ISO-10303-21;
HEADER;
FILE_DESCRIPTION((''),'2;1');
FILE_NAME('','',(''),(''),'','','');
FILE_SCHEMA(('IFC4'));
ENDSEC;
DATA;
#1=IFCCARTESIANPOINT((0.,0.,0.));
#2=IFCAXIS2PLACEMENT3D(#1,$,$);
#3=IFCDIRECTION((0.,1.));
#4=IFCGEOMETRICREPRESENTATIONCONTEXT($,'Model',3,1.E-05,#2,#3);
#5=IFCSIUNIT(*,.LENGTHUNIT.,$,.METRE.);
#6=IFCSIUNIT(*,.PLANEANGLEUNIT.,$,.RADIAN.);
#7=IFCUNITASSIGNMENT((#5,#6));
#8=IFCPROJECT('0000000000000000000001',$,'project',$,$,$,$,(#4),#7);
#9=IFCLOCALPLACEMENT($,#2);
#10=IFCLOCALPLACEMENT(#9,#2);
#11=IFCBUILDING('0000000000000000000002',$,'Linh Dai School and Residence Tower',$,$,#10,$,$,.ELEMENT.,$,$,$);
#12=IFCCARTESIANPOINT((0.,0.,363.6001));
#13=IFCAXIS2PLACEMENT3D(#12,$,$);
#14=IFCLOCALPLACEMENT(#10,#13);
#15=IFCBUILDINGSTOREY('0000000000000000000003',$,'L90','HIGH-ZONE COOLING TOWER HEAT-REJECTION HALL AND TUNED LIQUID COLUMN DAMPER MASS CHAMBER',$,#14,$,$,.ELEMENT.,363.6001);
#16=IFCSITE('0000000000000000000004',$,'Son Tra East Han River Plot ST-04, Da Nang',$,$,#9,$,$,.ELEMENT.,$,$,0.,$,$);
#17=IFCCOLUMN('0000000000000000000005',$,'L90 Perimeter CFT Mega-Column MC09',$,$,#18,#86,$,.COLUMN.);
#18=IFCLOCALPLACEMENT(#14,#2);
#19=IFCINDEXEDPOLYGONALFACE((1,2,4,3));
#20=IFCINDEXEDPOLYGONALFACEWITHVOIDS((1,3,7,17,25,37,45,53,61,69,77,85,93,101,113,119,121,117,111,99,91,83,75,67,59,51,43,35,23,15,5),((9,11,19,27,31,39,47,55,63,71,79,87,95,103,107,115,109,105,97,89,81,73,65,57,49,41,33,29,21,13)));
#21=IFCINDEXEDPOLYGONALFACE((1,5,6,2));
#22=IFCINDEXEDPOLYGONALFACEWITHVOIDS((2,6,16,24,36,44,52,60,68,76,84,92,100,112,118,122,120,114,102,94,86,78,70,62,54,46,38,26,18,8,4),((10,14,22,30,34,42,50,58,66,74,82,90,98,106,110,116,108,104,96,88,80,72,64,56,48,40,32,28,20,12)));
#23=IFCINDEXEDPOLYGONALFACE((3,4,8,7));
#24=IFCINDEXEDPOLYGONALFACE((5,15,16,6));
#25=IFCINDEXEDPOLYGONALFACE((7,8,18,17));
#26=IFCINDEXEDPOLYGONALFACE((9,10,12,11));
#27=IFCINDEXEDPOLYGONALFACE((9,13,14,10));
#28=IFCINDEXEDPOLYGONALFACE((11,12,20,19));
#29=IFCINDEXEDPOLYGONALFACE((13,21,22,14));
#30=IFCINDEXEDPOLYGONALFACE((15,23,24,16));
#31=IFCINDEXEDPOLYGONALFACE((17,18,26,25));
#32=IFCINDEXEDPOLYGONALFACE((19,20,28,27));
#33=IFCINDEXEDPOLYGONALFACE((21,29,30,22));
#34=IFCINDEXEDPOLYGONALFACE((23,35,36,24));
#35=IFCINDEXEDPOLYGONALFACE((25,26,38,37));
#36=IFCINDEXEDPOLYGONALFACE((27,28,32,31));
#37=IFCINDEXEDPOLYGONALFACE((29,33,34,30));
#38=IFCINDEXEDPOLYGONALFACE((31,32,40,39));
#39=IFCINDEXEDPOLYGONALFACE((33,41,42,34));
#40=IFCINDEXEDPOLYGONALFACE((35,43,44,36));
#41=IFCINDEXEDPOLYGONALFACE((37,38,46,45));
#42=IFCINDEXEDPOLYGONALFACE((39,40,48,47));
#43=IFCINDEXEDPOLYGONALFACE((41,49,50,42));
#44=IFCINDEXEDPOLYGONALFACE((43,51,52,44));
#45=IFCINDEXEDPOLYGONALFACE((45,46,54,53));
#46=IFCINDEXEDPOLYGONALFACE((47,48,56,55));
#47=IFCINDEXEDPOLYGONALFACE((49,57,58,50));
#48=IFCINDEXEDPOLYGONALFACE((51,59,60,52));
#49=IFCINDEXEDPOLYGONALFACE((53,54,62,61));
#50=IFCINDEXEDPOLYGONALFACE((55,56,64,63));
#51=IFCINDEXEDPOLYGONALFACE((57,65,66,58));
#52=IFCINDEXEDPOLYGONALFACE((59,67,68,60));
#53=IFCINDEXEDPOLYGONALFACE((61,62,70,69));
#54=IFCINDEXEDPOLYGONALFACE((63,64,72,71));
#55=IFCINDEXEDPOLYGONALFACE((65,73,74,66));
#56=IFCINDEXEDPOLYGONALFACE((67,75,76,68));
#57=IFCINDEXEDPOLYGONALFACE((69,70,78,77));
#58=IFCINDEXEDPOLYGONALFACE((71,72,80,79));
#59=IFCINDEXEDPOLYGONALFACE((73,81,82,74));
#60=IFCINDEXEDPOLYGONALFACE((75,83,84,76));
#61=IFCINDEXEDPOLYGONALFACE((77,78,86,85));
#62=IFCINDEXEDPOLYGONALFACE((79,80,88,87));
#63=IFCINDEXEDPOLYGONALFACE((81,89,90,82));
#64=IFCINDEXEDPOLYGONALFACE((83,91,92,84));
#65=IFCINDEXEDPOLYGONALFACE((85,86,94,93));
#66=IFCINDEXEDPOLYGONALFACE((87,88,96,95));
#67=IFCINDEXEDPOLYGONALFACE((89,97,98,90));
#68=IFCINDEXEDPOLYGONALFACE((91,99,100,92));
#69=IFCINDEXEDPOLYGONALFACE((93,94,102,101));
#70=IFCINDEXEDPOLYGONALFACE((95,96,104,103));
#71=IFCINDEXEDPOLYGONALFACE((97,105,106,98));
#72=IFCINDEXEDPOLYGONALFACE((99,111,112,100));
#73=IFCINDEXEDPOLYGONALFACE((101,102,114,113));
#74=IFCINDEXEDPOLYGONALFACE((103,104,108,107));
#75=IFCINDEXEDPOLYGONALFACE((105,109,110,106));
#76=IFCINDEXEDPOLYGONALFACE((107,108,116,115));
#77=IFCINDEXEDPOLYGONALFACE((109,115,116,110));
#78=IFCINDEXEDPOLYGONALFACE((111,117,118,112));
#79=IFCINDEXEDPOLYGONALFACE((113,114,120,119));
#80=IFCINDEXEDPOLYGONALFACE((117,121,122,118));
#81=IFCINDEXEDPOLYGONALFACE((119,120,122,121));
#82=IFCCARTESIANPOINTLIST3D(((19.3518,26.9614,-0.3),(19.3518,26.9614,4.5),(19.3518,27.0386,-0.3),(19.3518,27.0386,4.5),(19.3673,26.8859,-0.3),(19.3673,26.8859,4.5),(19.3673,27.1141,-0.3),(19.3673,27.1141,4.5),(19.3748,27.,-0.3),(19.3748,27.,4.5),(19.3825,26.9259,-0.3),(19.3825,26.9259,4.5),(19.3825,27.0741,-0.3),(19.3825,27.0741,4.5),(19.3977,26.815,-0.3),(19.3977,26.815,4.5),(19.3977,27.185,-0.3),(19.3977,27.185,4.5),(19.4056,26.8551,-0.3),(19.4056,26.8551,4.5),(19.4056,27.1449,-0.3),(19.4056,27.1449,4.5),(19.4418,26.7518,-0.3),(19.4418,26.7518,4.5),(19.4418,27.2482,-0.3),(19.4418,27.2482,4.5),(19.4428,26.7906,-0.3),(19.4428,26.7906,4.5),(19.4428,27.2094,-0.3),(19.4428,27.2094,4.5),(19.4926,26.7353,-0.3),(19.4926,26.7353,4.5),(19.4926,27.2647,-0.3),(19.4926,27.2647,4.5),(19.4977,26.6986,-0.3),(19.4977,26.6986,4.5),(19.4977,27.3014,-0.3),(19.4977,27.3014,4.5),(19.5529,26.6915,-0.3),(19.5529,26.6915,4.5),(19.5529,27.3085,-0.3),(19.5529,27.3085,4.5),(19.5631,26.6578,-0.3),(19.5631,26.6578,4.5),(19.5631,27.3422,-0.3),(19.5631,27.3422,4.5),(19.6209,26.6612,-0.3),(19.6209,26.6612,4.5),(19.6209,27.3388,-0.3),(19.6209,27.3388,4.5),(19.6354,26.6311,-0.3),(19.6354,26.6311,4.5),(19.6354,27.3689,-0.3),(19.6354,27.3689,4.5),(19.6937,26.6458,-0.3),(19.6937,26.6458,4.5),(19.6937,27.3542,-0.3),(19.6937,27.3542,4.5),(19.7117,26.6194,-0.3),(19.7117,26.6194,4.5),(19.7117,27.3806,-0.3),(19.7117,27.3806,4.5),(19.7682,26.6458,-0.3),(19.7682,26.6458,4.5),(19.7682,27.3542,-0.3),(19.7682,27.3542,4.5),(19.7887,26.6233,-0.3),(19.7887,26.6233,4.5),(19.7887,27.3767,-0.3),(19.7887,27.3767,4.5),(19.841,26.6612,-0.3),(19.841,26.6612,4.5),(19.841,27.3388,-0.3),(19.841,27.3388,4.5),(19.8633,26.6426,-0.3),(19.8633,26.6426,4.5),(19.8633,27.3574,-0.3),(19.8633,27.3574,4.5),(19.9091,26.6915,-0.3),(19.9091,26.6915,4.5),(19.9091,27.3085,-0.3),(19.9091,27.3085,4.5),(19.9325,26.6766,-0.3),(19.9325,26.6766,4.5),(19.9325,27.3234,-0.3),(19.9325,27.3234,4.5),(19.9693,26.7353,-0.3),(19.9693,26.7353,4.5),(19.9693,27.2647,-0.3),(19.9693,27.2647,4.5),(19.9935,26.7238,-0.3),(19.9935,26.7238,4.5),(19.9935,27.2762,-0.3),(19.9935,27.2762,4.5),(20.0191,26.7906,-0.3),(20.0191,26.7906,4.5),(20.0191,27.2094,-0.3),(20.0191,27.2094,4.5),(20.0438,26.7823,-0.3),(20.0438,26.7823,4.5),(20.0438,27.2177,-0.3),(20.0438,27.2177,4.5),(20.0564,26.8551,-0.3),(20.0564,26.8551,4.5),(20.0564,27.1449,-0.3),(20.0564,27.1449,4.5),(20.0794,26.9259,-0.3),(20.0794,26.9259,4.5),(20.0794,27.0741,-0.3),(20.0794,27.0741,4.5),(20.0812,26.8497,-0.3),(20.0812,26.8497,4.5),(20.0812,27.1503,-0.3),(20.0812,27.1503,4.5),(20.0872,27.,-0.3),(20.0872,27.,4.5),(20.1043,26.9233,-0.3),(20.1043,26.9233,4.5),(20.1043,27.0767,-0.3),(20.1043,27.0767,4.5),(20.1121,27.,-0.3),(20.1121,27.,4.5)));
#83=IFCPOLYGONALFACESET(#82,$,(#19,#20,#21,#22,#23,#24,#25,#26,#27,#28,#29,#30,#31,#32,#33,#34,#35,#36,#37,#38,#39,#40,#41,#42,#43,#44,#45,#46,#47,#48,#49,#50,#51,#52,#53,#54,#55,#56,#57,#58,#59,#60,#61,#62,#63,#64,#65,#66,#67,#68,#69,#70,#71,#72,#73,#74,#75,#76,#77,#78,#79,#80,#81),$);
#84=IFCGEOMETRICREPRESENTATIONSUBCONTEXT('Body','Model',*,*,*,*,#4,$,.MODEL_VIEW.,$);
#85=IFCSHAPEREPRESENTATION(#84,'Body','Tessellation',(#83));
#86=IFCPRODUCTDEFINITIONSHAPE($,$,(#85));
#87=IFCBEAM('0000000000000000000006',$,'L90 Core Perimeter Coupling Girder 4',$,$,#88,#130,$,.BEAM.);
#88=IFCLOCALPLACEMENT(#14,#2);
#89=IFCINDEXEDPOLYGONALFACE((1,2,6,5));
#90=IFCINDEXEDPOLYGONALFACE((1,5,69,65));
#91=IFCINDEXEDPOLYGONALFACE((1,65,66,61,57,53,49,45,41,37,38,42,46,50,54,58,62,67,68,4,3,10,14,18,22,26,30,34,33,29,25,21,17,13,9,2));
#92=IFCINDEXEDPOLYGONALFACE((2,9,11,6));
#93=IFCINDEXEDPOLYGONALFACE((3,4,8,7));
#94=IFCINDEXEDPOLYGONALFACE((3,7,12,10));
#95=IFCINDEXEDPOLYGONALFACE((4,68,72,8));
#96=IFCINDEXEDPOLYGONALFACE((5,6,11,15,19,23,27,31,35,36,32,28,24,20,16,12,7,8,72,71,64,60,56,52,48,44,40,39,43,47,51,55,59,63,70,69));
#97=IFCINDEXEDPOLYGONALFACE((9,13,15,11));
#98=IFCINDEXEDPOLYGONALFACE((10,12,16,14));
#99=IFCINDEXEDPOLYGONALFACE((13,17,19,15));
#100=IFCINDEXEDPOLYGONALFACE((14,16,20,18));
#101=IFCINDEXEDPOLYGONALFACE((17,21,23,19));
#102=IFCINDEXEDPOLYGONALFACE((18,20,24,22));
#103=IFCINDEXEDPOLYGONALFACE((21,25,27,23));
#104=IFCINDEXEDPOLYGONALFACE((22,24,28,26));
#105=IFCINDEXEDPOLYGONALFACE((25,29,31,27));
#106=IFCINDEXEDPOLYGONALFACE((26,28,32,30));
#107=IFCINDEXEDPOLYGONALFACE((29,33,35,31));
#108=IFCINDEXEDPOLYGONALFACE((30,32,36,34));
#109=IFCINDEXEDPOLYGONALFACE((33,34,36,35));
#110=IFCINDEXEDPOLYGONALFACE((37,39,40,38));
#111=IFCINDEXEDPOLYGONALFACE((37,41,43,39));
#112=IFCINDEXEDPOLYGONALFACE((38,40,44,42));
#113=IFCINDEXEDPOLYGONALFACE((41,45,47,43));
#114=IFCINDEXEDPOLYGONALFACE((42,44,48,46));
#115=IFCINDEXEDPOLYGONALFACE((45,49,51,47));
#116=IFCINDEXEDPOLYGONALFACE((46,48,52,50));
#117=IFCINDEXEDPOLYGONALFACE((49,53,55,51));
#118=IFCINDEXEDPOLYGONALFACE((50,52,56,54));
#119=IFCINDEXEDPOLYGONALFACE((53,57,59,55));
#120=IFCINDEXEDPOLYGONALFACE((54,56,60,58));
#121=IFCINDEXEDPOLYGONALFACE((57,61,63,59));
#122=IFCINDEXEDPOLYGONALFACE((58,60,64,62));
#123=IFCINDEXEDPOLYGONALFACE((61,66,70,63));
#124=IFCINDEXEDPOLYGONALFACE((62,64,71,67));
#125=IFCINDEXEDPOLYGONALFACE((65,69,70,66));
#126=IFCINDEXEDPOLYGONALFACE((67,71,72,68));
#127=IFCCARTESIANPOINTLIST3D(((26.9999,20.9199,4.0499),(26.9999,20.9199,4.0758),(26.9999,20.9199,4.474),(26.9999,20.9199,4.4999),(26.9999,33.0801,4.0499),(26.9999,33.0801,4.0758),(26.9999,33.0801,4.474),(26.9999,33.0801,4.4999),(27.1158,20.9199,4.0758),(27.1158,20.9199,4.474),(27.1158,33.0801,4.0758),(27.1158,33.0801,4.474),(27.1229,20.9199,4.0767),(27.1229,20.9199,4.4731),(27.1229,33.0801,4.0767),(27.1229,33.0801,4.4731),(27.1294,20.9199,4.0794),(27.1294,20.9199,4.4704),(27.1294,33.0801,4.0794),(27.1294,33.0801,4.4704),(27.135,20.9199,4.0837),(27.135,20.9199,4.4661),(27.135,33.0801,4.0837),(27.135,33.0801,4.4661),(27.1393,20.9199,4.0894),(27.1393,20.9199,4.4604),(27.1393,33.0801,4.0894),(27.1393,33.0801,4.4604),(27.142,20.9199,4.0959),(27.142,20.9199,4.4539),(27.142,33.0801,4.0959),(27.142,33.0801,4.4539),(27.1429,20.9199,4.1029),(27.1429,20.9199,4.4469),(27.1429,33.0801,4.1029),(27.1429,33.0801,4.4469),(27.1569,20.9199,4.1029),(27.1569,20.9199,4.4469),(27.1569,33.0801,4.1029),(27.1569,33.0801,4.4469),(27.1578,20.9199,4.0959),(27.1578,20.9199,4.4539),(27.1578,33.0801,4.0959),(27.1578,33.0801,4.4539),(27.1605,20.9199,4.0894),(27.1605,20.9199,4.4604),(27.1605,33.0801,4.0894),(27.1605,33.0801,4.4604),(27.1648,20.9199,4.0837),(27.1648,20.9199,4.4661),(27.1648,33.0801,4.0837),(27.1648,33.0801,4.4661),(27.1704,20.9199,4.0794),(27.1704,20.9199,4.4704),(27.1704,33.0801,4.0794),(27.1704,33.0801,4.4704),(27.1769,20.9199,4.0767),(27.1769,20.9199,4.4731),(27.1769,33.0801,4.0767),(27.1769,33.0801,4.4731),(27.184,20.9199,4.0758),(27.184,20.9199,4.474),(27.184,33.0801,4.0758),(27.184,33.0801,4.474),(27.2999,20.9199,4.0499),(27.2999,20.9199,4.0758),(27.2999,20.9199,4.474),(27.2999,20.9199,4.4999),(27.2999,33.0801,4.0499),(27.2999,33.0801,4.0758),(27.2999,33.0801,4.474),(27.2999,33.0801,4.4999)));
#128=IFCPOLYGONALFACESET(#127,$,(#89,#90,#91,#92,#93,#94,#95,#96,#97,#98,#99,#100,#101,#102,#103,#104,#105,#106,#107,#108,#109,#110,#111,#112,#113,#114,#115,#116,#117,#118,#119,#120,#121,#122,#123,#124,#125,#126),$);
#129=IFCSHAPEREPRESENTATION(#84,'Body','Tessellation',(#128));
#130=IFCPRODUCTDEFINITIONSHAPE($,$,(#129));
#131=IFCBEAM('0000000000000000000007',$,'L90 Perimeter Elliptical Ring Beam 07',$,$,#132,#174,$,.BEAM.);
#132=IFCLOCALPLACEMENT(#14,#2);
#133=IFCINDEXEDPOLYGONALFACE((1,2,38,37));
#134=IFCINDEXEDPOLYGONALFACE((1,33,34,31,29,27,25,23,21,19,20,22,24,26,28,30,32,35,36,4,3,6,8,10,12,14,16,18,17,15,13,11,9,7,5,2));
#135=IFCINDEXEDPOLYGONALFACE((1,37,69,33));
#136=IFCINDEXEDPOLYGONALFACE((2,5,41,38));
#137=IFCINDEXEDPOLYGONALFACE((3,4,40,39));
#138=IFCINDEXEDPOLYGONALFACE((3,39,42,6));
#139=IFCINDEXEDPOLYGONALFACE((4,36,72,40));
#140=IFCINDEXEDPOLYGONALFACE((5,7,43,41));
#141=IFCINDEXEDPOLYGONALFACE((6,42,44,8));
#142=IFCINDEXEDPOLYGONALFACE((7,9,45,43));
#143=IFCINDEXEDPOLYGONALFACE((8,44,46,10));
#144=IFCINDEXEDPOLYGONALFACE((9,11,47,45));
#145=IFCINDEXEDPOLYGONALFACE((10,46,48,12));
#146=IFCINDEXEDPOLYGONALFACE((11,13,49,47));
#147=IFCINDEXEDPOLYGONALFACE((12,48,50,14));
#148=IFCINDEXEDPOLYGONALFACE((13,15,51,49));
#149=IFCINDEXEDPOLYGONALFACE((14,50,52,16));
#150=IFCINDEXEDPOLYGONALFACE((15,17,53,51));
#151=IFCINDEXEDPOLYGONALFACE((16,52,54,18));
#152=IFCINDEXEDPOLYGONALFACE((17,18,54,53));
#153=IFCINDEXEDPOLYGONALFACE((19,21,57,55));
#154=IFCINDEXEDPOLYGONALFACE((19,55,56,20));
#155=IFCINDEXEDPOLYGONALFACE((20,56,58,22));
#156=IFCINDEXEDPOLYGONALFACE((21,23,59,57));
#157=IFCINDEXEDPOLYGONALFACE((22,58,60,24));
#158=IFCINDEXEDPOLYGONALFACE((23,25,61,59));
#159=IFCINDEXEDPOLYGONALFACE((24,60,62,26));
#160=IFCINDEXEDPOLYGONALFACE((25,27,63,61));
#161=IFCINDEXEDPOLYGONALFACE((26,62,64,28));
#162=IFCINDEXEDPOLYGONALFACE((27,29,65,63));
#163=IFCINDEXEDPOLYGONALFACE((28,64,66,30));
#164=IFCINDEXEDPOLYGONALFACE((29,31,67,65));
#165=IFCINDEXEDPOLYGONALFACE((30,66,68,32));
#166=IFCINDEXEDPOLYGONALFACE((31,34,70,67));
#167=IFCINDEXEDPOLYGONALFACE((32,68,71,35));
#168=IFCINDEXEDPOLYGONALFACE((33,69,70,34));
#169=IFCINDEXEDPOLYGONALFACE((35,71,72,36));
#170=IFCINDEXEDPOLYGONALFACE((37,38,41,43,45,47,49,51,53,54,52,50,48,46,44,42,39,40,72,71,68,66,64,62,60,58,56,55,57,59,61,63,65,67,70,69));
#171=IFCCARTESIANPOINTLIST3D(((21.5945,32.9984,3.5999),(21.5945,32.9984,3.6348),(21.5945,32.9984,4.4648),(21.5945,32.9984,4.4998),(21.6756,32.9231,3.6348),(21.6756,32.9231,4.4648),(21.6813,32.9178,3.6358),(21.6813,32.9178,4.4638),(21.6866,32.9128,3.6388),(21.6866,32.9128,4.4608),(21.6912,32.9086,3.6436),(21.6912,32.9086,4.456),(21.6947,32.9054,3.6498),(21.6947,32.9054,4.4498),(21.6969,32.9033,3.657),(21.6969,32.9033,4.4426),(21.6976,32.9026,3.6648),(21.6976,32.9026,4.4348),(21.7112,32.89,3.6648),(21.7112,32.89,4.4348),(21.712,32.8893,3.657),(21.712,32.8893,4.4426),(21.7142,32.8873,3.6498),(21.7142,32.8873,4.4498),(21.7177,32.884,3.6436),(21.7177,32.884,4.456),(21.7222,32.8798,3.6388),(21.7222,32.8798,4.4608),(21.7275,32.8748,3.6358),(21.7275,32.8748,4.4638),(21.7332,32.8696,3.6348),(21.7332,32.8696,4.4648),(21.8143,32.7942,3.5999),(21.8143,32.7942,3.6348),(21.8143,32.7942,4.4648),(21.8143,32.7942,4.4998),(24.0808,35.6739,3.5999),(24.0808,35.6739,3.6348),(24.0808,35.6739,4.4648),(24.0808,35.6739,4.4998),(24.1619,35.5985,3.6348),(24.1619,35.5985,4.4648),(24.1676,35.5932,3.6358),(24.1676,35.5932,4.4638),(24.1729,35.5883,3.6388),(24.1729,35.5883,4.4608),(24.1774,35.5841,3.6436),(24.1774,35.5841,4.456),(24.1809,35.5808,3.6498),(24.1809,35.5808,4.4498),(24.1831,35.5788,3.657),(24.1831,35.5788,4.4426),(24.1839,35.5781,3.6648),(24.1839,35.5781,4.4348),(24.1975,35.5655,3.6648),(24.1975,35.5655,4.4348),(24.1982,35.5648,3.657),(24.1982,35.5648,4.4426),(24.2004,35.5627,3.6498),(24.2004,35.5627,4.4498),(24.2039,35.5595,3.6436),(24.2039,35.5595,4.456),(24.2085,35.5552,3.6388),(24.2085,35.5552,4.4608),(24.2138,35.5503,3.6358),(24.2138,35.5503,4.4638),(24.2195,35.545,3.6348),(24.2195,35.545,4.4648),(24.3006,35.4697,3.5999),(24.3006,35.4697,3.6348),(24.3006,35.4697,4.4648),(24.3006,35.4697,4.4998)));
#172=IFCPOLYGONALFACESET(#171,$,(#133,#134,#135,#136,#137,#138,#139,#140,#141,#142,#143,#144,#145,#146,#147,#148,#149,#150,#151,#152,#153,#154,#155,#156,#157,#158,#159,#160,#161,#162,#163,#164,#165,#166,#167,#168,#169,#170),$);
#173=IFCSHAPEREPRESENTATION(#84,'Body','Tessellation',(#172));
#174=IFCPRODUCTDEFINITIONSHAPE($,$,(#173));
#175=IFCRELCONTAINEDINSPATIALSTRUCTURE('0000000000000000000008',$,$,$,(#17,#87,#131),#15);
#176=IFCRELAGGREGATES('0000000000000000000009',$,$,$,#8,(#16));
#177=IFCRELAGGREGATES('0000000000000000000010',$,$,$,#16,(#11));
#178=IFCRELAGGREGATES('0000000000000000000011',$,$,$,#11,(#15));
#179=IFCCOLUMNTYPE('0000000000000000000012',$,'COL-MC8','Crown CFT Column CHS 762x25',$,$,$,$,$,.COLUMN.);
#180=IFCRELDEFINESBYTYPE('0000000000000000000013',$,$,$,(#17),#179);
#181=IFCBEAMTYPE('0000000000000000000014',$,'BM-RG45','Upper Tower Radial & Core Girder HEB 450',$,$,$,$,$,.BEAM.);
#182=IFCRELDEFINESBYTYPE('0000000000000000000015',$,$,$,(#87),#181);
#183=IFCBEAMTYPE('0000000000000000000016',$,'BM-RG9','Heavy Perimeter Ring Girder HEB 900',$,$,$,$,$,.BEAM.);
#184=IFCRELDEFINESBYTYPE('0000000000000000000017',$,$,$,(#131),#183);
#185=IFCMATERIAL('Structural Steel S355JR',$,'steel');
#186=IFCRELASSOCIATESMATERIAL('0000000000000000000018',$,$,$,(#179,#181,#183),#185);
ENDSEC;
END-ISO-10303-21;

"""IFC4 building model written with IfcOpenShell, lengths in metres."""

from ifc_helpers import new_model, si_unit, direction, frame, origin, origin_2d, place, context, subcontext, project, spatial, hollow_circle, i_section, extrude, material, material_profile, profile_set, type_object, element, save


model = new_model("IFC4")

# Units and contexts
model_context = context("Model", 3, precision=1e-05, world=origin(), true_north=direction((0.0, 1.0)))
body_context = subcontext(model_context, "Body", "Model", "MODEL_VIEW")
ifc_project = project(units=[si_unit("LENGTHUNIT", "METRE"), si_unit("PLANEANGLEUNIT", "RADIAN")], contexts=[model_context])

# Site, building, storey
site_placement = place(None, origin())
site = spatial("IfcSite", under=ifc_project, at=site_placement, Name="Son Tra East Han River Plot ST-04, Da Nang", CompositionType="ELEMENT", RefElevation=0.0)
building_placement = place(site_placement, origin())
building = spatial("IfcBuilding", under=site, at=building_placement, Name="Linh Dai School and Residence Tower", CompositionType="ELEMENT")
storey_placement = place(building_placement, frame((0.0, 0.0, 363.6001)))
storey = spatial("IfcBuildingStorey", under=building, at=storey_placement, Name="L90", Description="HIGH-ZONE COOLING TOWER HEAT-REJECTION HALL AND TUNED LIQUID COLUMN DAMPER MASS CHAMBER", CompositionType="ELEMENT", Elevation=363.6001)

# Column
ifc_material_1 = material(Name="Structural Steel S355JR", Category="steel")
ifc_material_profile_1 = material_profile(ifc_material_1, hollow_circle(Radius=0.3811, WallThickness=0.0249, at=origin_2d()), Name="CHS 762x25")
ifc_profile_set_1 = profile_set([ifc_material_profile_1], Name="Structural Steel S355JR")
column_type_1 = type_object("IfcColumnType", Name="COL-MC8", Description="Crown CFT Column CHS 762x25", PredefinedType="COLUMN", material=ifc_profile_set_1)
for number, where, z_axis, x_axis, name in (
    (1, (19.731, 27.0, -0.3), (0.0, 0.0, 1.0), (1.0, 0.0, 0.0), "L90 Perimeter CFT Mega-Column MC09"),
):
    element("IfcColumn", number, at=place(storey_placement, frame(where, z_axis=z_axis, x_axis=x_axis)), inside=storey, type_object=column_type_1, Name=name, PredefinedType="COLUMN", context=body_context, shape_type="SweptSolid", body=[
        extrude(hollow_circle(Radius=0.3811, WallThickness=0.0249, at=origin_2d()), origin(), (0.0, 0.0, 1.0), 4.8),
    ])

# Beams
ifc_material_profile_2 = material_profile(ifc_material_1, i_section(OverallWidth=0.3, OverallDepth=0.45, WebThickness=0.0139, FlangeThickness=0.0259, FilletRadius=0.0271, at=origin_2d()), Name="HEB 450")
ifc_profile_set_2 = profile_set([ifc_material_profile_2], Name="Structural Steel S355JR")
beam_type_1 = type_object("IfcBeamType", Name="BM-RG45", Description="Upper Tower Radial & Core Girder HEB 450", PredefinedType="BEAM", material=ifc_profile_set_2)
beam_1_placement = place(storey_placement, frame((27.1499, 33.0801, 4.2749), z_axis=(0.0, -1.0, 0.0), x_axis=(1.0, 0.0, 0.0)))
element("IfcBeam", 2, at=beam_1_placement, inside=storey, type_object=beam_type_1, Name="L90 Core Perimeter Coupling Girder 4", PredefinedType="BEAM", context=body_context, shape_type="SweptSolid", body=[
    extrude(i_section(OverallWidth=0.3, OverallDepth=0.45, WebThickness=0.0139, FlangeThickness=0.0259, FilletRadius=0.0271, at=origin_2d()), origin(), (0.0, 0.0, 1.0), 12.1602),
])
ifc_material_profile_3 = material_profile(ifc_material_1, i_section(OverallWidth=0.3, OverallDepth=0.8999, WebThickness=0.0186, FlangeThickness=0.0349, FilletRadius=0.03, at=origin_2d()), Name="HEB 900")
ifc_profile_set_3 = profile_set([ifc_material_profile_3], Name="Structural Steel S355JR")
beam_type_2 = type_object("IfcBeamType", Name="BM-RG9", Description="Heavy Perimeter Ring Girder HEB 900", PredefinedType="BEAM", material=ifc_profile_set_3)
beam_2_placement = place(storey_placement, frame((24.1907, 35.5718, 4.0498), z_axis=(-0.680731, -0.732534, 0.0), x_axis=(0.732534, -0.680731, 0.0)))
element("IfcBeam", 3, at=beam_2_placement, inside=storey, type_object=beam_type_2, Name="L90 Perimeter Elliptical Ring Beam 07", PredefinedType="BEAM", context=body_context, shape_type="SweptSolid", body=[
    extrude(i_section(OverallWidth=0.3, OverallDepth=0.8999, WebThickness=0.0186, FlangeThickness=0.0349, FilletRadius=0.03, at=origin_2d()), origin(), (0.0, 0.0, 1.0), 3.6523),
])

save(model, "model.ifc")
